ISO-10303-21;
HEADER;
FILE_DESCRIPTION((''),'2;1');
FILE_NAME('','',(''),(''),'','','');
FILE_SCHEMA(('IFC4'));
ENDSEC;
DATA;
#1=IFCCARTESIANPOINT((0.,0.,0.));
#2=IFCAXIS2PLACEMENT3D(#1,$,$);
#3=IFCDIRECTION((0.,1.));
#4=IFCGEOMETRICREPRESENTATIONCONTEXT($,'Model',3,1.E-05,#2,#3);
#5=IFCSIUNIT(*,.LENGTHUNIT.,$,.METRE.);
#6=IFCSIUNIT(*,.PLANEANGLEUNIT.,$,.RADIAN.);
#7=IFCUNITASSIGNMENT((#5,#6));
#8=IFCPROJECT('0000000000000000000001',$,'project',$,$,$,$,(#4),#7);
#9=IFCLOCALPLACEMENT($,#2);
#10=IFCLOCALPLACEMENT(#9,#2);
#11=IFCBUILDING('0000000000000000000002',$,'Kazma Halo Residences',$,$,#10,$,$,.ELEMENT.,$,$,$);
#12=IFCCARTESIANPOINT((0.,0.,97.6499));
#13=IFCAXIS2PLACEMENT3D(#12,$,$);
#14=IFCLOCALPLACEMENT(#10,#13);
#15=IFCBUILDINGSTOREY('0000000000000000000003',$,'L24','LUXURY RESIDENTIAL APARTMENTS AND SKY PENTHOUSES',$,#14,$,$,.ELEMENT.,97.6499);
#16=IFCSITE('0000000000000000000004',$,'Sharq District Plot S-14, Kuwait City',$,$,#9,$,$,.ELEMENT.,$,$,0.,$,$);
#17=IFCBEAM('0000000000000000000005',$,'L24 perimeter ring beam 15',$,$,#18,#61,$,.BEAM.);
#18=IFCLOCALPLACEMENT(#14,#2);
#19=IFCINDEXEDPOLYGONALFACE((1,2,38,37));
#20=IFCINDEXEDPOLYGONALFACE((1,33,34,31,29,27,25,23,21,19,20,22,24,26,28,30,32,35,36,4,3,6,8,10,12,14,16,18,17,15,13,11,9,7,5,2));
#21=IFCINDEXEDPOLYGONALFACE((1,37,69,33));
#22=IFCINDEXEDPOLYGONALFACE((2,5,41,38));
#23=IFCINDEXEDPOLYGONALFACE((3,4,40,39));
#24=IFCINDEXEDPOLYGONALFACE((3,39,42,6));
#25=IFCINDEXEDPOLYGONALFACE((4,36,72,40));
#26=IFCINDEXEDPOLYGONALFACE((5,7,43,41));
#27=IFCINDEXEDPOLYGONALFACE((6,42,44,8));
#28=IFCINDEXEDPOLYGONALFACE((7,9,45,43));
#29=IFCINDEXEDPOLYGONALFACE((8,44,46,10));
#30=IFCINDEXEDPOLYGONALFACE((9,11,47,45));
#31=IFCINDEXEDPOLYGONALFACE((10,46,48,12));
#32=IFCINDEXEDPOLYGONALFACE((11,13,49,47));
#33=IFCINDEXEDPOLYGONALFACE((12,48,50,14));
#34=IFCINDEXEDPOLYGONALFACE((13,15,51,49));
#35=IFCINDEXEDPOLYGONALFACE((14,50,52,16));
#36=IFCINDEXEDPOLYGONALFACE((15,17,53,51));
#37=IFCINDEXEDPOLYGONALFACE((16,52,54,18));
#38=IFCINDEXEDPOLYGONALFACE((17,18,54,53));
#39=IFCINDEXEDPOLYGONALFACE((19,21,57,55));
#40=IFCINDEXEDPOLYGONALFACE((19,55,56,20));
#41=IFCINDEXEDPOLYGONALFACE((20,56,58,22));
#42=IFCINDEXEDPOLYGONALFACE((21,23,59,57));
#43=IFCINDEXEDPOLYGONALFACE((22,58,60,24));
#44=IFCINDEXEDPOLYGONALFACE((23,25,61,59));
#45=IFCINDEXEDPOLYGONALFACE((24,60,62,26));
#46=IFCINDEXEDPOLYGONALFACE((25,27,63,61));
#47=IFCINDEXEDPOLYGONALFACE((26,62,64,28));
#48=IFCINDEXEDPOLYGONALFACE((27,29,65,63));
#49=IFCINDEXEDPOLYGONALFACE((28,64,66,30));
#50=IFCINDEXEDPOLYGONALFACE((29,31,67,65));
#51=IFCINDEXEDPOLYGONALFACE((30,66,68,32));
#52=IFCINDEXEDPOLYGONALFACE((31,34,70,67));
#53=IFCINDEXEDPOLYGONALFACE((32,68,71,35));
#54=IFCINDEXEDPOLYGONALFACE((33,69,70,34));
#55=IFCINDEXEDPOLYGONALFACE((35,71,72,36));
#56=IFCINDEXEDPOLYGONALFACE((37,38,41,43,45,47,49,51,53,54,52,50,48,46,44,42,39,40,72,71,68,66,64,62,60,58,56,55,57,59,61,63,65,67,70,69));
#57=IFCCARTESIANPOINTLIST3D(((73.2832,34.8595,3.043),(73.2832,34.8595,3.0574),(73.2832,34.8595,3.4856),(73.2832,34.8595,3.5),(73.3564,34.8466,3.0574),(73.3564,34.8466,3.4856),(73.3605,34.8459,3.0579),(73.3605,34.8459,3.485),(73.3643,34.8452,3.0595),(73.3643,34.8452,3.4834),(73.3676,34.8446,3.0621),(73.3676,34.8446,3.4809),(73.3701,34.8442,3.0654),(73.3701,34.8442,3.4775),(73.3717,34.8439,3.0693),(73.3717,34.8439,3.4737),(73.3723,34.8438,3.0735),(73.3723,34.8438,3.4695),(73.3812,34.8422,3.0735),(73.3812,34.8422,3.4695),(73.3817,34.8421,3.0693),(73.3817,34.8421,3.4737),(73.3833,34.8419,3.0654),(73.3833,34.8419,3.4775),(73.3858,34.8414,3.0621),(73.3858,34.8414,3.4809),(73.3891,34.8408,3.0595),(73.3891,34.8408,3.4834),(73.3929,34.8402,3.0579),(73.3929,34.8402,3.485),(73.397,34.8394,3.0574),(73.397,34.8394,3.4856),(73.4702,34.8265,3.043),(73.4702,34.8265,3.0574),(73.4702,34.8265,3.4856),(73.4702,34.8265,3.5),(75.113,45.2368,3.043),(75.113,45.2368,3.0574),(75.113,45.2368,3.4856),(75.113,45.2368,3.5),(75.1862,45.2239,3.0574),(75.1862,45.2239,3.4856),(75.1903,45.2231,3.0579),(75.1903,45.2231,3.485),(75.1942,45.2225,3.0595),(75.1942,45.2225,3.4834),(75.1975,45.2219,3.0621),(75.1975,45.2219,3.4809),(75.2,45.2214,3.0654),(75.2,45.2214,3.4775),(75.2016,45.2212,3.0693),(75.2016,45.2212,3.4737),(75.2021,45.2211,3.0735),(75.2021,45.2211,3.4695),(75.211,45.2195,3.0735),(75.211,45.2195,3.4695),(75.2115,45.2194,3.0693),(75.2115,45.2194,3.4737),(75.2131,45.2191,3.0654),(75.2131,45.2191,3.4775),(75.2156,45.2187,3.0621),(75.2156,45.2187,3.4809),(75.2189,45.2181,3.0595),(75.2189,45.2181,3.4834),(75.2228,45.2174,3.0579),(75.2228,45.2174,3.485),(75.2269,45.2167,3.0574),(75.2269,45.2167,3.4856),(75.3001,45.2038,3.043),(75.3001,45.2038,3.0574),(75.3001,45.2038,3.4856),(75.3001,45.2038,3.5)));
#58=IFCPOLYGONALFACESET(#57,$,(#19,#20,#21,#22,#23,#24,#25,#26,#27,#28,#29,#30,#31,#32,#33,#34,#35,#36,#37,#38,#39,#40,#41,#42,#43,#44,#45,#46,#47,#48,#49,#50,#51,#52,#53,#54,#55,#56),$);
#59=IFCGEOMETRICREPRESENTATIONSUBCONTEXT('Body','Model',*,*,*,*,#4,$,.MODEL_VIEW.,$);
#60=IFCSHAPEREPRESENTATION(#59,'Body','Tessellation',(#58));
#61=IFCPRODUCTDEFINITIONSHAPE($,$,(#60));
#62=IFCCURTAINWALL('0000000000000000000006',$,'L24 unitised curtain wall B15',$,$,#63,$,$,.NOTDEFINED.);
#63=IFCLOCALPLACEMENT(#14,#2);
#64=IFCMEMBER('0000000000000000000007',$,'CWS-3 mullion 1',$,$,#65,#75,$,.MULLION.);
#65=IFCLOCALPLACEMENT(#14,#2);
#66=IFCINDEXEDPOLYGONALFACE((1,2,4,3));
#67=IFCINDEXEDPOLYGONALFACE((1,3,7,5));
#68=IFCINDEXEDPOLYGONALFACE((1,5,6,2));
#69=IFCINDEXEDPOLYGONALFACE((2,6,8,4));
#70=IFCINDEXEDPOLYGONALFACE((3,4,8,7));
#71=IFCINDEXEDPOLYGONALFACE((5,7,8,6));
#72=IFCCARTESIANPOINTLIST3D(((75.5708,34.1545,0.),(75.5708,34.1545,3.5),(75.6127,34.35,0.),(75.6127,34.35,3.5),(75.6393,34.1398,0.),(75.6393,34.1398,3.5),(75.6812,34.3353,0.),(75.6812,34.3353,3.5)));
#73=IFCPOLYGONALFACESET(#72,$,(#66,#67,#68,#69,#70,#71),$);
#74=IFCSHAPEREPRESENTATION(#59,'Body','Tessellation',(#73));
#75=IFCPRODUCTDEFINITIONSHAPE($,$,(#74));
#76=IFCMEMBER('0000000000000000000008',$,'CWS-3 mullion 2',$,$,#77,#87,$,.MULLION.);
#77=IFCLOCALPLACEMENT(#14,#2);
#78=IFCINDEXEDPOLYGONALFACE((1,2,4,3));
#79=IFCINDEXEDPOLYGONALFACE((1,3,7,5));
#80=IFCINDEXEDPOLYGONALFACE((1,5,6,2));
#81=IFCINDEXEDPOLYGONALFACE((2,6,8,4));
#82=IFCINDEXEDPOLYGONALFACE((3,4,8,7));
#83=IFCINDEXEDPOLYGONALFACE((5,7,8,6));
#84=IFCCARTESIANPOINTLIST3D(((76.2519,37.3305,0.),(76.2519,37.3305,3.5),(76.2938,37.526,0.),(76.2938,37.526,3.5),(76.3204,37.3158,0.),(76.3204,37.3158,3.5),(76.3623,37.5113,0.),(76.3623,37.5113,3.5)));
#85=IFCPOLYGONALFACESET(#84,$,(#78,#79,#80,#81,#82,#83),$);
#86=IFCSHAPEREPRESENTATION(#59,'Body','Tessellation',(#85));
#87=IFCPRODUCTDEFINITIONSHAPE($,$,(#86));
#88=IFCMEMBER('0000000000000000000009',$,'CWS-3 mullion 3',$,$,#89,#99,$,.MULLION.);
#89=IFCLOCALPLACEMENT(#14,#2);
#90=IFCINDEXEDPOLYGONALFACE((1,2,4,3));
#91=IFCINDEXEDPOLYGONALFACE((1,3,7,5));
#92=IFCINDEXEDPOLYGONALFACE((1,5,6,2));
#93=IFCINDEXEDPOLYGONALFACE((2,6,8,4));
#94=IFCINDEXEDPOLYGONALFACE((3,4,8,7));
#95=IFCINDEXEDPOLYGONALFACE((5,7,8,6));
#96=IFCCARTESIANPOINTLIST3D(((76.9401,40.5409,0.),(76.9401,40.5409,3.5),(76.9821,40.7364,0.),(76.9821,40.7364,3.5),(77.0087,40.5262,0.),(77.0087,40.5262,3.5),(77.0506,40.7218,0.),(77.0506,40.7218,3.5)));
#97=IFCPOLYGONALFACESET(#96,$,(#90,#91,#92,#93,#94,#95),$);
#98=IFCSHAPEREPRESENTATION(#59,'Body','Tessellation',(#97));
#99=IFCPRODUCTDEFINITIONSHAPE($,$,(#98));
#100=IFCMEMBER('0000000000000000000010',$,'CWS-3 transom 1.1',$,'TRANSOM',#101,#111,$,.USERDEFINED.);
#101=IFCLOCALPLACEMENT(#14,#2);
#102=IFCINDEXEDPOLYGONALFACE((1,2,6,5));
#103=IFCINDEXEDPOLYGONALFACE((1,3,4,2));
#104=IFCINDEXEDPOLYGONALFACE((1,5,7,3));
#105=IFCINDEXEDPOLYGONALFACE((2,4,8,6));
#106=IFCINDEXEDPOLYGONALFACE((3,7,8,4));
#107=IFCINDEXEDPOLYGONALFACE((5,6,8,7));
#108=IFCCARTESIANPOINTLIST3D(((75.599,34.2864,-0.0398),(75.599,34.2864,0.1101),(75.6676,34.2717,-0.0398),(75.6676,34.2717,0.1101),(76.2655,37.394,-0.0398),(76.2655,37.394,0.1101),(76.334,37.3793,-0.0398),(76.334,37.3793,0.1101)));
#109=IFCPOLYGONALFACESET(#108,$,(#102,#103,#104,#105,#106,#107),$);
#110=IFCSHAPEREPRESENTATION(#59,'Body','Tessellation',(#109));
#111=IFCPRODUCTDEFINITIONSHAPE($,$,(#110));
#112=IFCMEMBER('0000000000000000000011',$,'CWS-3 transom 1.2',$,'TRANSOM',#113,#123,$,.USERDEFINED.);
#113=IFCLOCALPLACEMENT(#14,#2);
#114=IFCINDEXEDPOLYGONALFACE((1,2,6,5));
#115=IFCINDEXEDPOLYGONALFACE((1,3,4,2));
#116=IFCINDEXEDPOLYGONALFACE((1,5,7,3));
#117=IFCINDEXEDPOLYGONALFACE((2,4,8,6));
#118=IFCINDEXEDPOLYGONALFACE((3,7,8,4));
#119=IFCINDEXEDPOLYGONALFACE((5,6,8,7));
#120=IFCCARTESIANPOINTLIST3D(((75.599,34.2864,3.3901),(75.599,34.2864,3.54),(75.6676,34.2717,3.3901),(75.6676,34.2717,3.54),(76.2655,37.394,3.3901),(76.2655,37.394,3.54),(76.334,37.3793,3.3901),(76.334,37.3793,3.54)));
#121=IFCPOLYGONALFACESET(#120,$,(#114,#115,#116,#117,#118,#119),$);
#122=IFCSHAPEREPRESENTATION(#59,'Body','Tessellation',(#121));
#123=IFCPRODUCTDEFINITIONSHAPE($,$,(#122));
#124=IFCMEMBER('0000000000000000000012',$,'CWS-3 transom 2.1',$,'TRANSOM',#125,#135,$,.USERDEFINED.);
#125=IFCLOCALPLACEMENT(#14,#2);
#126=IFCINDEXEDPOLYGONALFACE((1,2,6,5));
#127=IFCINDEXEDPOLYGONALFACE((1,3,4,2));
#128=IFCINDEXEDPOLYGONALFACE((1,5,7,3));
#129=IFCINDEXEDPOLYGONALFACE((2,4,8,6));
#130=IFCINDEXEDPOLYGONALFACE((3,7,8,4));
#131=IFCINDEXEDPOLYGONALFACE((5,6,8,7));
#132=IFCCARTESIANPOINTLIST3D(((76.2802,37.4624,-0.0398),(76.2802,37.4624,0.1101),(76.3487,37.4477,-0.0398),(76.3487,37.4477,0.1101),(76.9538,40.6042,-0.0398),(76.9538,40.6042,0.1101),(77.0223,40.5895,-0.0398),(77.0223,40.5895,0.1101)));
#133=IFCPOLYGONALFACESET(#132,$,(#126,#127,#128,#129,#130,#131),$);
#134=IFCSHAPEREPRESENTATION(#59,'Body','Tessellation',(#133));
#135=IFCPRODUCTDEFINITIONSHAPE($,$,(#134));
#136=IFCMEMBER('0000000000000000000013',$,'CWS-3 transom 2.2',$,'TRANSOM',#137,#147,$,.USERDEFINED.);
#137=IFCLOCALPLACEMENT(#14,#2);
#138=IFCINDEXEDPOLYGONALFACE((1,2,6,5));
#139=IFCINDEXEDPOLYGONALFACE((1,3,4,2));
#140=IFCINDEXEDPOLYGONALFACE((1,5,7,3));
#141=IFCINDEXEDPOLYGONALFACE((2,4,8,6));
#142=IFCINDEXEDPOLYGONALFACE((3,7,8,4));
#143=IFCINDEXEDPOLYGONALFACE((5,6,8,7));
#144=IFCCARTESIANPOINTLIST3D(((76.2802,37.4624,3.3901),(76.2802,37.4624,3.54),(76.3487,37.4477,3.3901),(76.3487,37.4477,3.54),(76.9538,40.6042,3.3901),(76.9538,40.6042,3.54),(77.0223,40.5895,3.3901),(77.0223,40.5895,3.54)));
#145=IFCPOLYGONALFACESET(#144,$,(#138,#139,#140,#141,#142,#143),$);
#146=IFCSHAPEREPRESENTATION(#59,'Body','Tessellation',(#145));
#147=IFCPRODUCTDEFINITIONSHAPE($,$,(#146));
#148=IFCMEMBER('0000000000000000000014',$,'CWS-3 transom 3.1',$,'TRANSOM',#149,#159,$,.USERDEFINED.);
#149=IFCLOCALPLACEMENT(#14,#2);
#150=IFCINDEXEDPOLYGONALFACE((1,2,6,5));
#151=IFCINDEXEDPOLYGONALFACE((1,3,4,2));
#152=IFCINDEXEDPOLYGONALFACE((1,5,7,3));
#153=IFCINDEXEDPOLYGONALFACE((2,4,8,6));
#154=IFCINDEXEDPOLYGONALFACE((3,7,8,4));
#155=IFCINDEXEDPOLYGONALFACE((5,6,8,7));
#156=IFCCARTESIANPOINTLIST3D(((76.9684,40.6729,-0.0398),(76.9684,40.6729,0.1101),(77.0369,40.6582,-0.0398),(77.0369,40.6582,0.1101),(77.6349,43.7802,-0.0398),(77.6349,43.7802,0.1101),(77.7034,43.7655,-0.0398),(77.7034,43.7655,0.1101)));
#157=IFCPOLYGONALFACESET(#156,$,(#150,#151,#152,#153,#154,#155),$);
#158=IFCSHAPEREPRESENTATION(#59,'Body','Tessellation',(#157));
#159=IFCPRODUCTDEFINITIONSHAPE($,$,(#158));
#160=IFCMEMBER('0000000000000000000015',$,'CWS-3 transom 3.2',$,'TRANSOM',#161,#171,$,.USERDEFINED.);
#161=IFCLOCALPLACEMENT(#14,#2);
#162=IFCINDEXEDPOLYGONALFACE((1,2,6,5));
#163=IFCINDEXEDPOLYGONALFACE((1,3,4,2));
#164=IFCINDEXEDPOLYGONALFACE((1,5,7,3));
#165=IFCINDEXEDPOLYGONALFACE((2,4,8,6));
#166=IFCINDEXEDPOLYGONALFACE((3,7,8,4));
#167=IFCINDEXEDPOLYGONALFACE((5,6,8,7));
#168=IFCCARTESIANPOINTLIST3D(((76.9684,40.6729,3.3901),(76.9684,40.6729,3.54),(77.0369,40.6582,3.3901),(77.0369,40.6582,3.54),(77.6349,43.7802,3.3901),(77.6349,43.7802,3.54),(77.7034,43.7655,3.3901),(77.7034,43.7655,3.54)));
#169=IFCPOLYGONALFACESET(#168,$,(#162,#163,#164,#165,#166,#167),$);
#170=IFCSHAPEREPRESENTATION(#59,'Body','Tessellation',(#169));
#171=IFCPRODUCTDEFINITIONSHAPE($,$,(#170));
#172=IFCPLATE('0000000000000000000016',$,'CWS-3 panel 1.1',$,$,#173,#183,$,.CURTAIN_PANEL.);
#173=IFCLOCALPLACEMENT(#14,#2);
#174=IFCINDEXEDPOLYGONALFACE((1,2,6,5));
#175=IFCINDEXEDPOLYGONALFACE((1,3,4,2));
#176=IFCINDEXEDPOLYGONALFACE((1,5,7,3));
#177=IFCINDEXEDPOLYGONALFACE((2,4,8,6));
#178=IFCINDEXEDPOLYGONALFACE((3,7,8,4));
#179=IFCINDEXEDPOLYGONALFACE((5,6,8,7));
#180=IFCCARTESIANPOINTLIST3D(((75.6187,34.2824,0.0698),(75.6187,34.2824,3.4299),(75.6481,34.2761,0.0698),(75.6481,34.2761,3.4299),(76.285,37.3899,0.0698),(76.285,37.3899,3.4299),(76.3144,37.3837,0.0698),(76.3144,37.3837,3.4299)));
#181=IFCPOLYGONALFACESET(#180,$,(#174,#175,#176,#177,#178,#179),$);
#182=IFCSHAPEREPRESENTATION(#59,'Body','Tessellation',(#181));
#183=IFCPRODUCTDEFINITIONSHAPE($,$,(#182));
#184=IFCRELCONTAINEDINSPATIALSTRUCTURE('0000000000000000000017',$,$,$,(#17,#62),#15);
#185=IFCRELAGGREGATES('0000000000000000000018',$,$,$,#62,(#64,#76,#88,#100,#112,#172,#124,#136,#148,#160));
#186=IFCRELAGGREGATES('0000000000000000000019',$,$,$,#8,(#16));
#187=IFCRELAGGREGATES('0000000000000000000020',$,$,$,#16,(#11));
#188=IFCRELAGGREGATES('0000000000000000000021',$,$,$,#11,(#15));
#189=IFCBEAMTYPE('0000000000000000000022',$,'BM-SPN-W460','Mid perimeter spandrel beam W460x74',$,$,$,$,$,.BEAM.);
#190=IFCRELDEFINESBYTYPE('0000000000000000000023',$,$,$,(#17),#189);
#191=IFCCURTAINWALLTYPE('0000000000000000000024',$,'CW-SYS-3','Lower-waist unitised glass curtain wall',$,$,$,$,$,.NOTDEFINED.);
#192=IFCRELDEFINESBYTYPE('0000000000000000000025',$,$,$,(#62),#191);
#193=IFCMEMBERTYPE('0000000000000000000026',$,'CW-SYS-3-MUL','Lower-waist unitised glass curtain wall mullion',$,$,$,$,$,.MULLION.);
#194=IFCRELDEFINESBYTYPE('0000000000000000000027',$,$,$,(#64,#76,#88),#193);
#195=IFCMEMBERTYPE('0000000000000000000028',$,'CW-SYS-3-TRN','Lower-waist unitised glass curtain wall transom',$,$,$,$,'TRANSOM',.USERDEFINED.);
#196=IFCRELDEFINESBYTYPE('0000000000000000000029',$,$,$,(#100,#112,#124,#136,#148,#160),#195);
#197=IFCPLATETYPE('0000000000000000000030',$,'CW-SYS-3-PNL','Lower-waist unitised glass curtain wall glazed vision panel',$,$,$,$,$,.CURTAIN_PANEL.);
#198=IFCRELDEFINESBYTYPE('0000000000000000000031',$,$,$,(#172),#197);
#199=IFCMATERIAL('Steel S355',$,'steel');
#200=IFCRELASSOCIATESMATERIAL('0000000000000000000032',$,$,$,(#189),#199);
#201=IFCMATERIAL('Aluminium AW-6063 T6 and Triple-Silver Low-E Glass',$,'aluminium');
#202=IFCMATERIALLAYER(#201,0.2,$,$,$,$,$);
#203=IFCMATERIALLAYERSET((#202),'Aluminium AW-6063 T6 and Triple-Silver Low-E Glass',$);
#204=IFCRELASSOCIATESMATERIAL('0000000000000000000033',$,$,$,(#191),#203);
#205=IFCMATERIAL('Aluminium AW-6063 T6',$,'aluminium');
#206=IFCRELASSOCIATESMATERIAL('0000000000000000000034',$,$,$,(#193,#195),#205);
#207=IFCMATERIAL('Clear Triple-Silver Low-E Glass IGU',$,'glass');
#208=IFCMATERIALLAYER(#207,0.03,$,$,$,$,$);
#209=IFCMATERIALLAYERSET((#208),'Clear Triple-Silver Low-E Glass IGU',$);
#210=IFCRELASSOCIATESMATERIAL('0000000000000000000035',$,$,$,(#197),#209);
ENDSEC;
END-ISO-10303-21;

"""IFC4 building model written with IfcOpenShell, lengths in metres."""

from ifc_helpers import new_model, si_unit, direction, frame, origin, origin_2d, place, context, subcontext, project, spatial, rectangle, i_section, extrude, material, layer, layer_set, material_profile, profile_set, type_object, element, aggregate, save


model = new_model("IFC4")

# Units and contexts
model_context = context("Model", 3, precision=1e-05, world=origin(), true_north=direction((0.0, 1.0)))
body_context = subcontext(model_context, "Body", "Model", "MODEL_VIEW")
ifc_project = project(units=[si_unit("LENGTHUNIT", "METRE"), si_unit("PLANEANGLEUNIT", "RADIAN")], contexts=[model_context])

# Site, building, storey
site_placement = place(None, origin())
site = spatial("IfcSite", under=ifc_project, at=site_placement, Name="Sharq District Plot S-14, Kuwait City", CompositionType="ELEMENT", RefElevation=0.0)
building_placement = place(site_placement, origin())
building = spatial("IfcBuilding", under=site, at=building_placement, Name="Kazma Halo Residences", CompositionType="ELEMENT")
storey_placement = place(building_placement, frame((0.0, 0.0, 97.6499)))
storey = spatial("IfcBuildingStorey", under=building, at=storey_placement, Name="L24", Description="LUXURY RESIDENTIAL APARTMENTS AND SKY PENTHOUSES", CompositionType="ELEMENT", Elevation=97.6499)

# Beam
ifc_material_1 = material(Name="Steel S355", Category="steel")
ifc_material_profile_1 = material_profile(ifc_material_1, i_section(OverallWidth=0.1899, OverallDepth=0.457, WebThickness=0.009, FlangeThickness=0.0144, FilletRadius=0.0161, at=origin_2d()), Name="W460x74")
ifc_profile_set_1 = profile_set([ifc_material_profile_1], Name="Steel S355")
beam_type_1 = type_object("IfcBeamType", Name="BM-SPN-W460", Description="Mid perimeter spandrel beam W460x74", PredefinedType="BEAM", material=ifc_profile_set_1)
beam_1_placement = place(storey_placement, frame((73.3767, 34.843, 3.2715), z_axis=(0.173653, 0.984807, 0.0), x_axis=(-0.984807, 0.173653, 0.0)))
element("IfcBeam", 1, at=beam_1_placement, inside=storey, type_object=beam_type_1, Name="L24 perimeter ring beam 15", PredefinedType="BEAM", context=body_context, shape_type="SweptSolid", body=[
    extrude(i_section(OverallWidth=0.1899, OverallDepth=0.457, WebThickness=0.009, FlangeThickness=0.0144, FilletRadius=0.0161, at=origin_2d()), origin(), (0.0, 0.0, 1.0), 10.5374),
])

# Curtain wall, members, plate
ifc_material_2 = material(Name="Aluminium AW-6063 T6 and Triple-Silver Low-E Glass", Category="aluminium")
ifc_layer_1 = layer(ifc_material_2, 0.2)
ifc_layer_set_1 = layer_set([ifc_layer_1], Name="Aluminium AW-6063 T6 and Triple-Silver Low-E Glass")
curtain_wall_type = type_object("IfcCurtainWallType", Name="CW-SYS-3", Description="Lower-waist unitised glass curtain wall", PredefinedType="NOTDEFINED", material=ifc_layer_set_1)
curtain_wall_placement = place(storey_placement, origin())
curtain_wall = element("IfcCurtainWall", 2, at=curtain_wall_placement, inside=storey, type_object=curtain_wall_type, Name="L24 unitised curtain wall B15", PredefinedType="NOTDEFINED")
ifc_material_3 = material(Name="Aluminium AW-6063 T6", Category="aluminium")
ifc_material_profile_2 = material_profile(ifc_material_3, rectangle(XDim=0.0701, YDim=0.2, at=origin_2d()), Name="CWM-70x200")
ifc_profile_set_2 = profile_set([ifc_material_profile_2], Name="Aluminium AW-6063 T6")
member_type_1 = type_object("IfcMemberType", Name="CW-SYS-3-MUL", Description="Lower-waist unitised glass curtain wall mullion", PredefinedType="MULLION", material=ifc_profile_set_2)
member_1_placement = place(storey_placement, frame((75.626, 34.2449, 0.0), z_axis=(0.0, 0.0, 1.0), x_axis=(-0.977774, 0.209661, 0.0)))
member_1 = element("IfcMember", 3, at=member_1_placement, type_object=member_type_1, Name="CWS-3 mullion 1", PredefinedType="MULLION", context=body_context, shape_type="SweptSolid", body=[
    extrude(rectangle(XDim=0.0701, YDim=0.2, at=origin_2d()), origin(), (0.0, 0.0, 1.0), 3.5),
])
member_2_placement = place(storey_placement, frame((76.3071, 37.4209, 0.0), z_axis=(0.0, 0.0, 1.0), x_axis=(-0.977774, 0.209661, 0.0)))
member_2 = element("IfcMember", 4, at=member_2_placement, type_object=member_type_1, Name="CWS-3 mullion 2", PredefinedType="MULLION", context=body_context, shape_type="SweptSolid", body=[
    extrude(rectangle(XDim=0.0701, YDim=0.2, at=origin_2d()), origin(), (0.0, 0.0, 1.0), 3.5),
])
member_3_placement = place(storey_placement, frame((76.9954, 40.6313, 0.0), z_axis=(0.0, 0.0, 1.0), x_axis=(-0.977774, 0.209661, 0.0)))
member_3 = element("IfcMember", 5, at=member_3_placement, type_object=member_type_1, Name="CWS-3 mullion 3", PredefinedType="MULLION", context=body_context, shape_type="SweptSolid", body=[
    extrude(rectangle(XDim=0.0701, YDim=0.2, at=origin_2d()), origin(), (0.0, 0.0, 1.0), 3.5),
])
ifc_material_profile_3 = material_profile(ifc_material_3, rectangle(XDim=0.0701, YDim=0.1499, at=origin_2d()), Name="CWT-70x150")
ifc_profile_set_3 = profile_set([ifc_material_profile_3], Name="Aluminium AW-6063 T6")
member_type_2 = type_object("IfcMemberType", Name="CW-SYS-3-TRN", Description="Lower-waist unitised glass curtain wall transom", ElementType="TRANSOM", PredefinedType="USERDEFINED", material=ifc_profile_set_3)
member_4_placement = place(storey_placement, frame((75.6333, 34.2791, 0.0352), z_axis=(0.209702, 0.977765, 0.0), x_axis=(-0.977765, 0.209702, 0.0)))
member_4 = element("IfcMember", 6, at=member_4_placement, type_object=member_type_2, Name="CWS-3 transom 1.1", ObjectType="TRANSOM", PredefinedType="USERDEFINED", context=body_context, shape_type="SweptSolid", body=[
    extrude(rectangle(XDim=0.0701, YDim=0.1499, at=origin_2d()), origin(), (0.0, 0.0, 1.0), 3.1782),
])
member_5_placement = place(storey_placement, frame((75.6333, 34.2791, 3.4651), z_axis=(0.209702, 0.977765, 0.0), x_axis=(-0.977765, 0.209702, 0.0)))
member_5 = element("IfcMember", 7, at=member_5_placement, type_object=member_type_2, Name="CWS-3 transom 1.2", ObjectType="TRANSOM", PredefinedType="USERDEFINED", context=body_context, shape_type="SweptSolid", body=[
    extrude(rectangle(XDim=0.0701, YDim=0.1499, at=origin_2d()), origin(), (0.0, 0.0, 1.0), 3.1782),
])
member_6_placement = place(storey_placement, frame((76.3145, 37.4551, 0.0352), z_axis=(0.209628, 0.977781, 0.0), x_axis=(-0.977781, 0.209628, 0.0)))
member_6 = element("IfcMember", 8, at=member_6_placement, type_object=member_type_2, Name="CWS-3 transom 2.1", ObjectType="TRANSOM", PredefinedType="USERDEFINED", context=body_context, shape_type="SweptSolid", body=[
    extrude(rectangle(XDim=0.0701, YDim=0.1499, at=origin_2d()), origin(), (0.0, 0.0, 1.0), 3.2131),
])
member_7_placement = place(storey_placement, frame((76.3145, 37.4551, 3.4651), z_axis=(0.209628, 0.977781, 0.0), x_axis=(-0.977781, 0.209628, 0.0)))
member_7 = element("IfcMember", 9, at=member_7_placement, type_object=member_type_2, Name="CWS-3 transom 2.2", ObjectType="TRANSOM", PredefinedType="USERDEFINED", context=body_context, shape_type="SweptSolid", body=[
    extrude(rectangle(XDim=0.0701, YDim=0.1499, at=origin_2d()), origin(), (0.0, 0.0, 1.0), 3.2131),
])
member_8_placement = place(storey_placement, frame((77.0027, 40.6655, 0.0352), z_axis=(0.209718, 0.977762, 0.0), x_axis=(-0.977762, 0.209718, 0.0)))
member_8 = element("IfcMember", 10, at=member_8_placement, type_object=member_type_2, Name="CWS-3 transom 3.1", ObjectType="TRANSOM", PredefinedType="USERDEFINED", context=body_context, shape_type="SweptSolid", body=[
    extrude(rectangle(XDim=0.0701, YDim=0.1499, at=origin_2d()), origin(), (0.0, 0.0, 1.0), 3.178),
])
member_9_placement = place(storey_placement, frame((77.0027, 40.6655, 3.4651), z_axis=(0.209718, 0.977762, 0.0), x_axis=(-0.977762, 0.209718, 0.0)))
member_9 = element("IfcMember", 11, at=member_9_placement, type_object=member_type_2, Name="CWS-3 transom 3.2", ObjectType="TRANSOM", PredefinedType="USERDEFINED", context=body_context, shape_type="SweptSolid", body=[
    extrude(rectangle(XDim=0.0701, YDim=0.1499, at=origin_2d()), origin(), (0.0, 0.0, 1.0), 3.178),
])
ifc_material_4 = material(Name="Clear Triple-Silver Low-E Glass IGU", Category="glass")
ifc_layer_2 = layer(ifc_material_4, 0.03)
ifc_layer_set_2 = layer_set([ifc_layer_2], Name="Clear Triple-Silver Low-E Glass IGU")
plate_type = type_object("IfcPlateType", Name="CW-SYS-3-PNL", Description="Lower-waist unitised glass curtain wall glazed vision panel", PredefinedType="CURTAIN_PANEL", material=ifc_layer_set_2)
plate_1_placement = place(storey_placement, frame((75.9666, 35.833, 0.0698), z_axis=(0.0, 0.0, 1.0), x_axis=(0.209661, 0.977774, 0.0)))
plate_1 = element("IfcPlate", 12, at=plate_1_placement, type_object=plate_type, Name="CWS-3 panel 1.1", PredefinedType="CURTAIN_PANEL", context=body_context, shape_type="SweptSolid", body=[
    extrude(rectangle(XDim=3.1782, YDim=0.03, at=origin_2d()), origin(), (0.0, 0.0, 1.0), 3.3601),
])
aggregate(curtain_wall, [member_1, member_2, member_3, member_4, member_5, plate_1, member_6, member_7, member_8, member_9])

save(model, "model.ifc")
